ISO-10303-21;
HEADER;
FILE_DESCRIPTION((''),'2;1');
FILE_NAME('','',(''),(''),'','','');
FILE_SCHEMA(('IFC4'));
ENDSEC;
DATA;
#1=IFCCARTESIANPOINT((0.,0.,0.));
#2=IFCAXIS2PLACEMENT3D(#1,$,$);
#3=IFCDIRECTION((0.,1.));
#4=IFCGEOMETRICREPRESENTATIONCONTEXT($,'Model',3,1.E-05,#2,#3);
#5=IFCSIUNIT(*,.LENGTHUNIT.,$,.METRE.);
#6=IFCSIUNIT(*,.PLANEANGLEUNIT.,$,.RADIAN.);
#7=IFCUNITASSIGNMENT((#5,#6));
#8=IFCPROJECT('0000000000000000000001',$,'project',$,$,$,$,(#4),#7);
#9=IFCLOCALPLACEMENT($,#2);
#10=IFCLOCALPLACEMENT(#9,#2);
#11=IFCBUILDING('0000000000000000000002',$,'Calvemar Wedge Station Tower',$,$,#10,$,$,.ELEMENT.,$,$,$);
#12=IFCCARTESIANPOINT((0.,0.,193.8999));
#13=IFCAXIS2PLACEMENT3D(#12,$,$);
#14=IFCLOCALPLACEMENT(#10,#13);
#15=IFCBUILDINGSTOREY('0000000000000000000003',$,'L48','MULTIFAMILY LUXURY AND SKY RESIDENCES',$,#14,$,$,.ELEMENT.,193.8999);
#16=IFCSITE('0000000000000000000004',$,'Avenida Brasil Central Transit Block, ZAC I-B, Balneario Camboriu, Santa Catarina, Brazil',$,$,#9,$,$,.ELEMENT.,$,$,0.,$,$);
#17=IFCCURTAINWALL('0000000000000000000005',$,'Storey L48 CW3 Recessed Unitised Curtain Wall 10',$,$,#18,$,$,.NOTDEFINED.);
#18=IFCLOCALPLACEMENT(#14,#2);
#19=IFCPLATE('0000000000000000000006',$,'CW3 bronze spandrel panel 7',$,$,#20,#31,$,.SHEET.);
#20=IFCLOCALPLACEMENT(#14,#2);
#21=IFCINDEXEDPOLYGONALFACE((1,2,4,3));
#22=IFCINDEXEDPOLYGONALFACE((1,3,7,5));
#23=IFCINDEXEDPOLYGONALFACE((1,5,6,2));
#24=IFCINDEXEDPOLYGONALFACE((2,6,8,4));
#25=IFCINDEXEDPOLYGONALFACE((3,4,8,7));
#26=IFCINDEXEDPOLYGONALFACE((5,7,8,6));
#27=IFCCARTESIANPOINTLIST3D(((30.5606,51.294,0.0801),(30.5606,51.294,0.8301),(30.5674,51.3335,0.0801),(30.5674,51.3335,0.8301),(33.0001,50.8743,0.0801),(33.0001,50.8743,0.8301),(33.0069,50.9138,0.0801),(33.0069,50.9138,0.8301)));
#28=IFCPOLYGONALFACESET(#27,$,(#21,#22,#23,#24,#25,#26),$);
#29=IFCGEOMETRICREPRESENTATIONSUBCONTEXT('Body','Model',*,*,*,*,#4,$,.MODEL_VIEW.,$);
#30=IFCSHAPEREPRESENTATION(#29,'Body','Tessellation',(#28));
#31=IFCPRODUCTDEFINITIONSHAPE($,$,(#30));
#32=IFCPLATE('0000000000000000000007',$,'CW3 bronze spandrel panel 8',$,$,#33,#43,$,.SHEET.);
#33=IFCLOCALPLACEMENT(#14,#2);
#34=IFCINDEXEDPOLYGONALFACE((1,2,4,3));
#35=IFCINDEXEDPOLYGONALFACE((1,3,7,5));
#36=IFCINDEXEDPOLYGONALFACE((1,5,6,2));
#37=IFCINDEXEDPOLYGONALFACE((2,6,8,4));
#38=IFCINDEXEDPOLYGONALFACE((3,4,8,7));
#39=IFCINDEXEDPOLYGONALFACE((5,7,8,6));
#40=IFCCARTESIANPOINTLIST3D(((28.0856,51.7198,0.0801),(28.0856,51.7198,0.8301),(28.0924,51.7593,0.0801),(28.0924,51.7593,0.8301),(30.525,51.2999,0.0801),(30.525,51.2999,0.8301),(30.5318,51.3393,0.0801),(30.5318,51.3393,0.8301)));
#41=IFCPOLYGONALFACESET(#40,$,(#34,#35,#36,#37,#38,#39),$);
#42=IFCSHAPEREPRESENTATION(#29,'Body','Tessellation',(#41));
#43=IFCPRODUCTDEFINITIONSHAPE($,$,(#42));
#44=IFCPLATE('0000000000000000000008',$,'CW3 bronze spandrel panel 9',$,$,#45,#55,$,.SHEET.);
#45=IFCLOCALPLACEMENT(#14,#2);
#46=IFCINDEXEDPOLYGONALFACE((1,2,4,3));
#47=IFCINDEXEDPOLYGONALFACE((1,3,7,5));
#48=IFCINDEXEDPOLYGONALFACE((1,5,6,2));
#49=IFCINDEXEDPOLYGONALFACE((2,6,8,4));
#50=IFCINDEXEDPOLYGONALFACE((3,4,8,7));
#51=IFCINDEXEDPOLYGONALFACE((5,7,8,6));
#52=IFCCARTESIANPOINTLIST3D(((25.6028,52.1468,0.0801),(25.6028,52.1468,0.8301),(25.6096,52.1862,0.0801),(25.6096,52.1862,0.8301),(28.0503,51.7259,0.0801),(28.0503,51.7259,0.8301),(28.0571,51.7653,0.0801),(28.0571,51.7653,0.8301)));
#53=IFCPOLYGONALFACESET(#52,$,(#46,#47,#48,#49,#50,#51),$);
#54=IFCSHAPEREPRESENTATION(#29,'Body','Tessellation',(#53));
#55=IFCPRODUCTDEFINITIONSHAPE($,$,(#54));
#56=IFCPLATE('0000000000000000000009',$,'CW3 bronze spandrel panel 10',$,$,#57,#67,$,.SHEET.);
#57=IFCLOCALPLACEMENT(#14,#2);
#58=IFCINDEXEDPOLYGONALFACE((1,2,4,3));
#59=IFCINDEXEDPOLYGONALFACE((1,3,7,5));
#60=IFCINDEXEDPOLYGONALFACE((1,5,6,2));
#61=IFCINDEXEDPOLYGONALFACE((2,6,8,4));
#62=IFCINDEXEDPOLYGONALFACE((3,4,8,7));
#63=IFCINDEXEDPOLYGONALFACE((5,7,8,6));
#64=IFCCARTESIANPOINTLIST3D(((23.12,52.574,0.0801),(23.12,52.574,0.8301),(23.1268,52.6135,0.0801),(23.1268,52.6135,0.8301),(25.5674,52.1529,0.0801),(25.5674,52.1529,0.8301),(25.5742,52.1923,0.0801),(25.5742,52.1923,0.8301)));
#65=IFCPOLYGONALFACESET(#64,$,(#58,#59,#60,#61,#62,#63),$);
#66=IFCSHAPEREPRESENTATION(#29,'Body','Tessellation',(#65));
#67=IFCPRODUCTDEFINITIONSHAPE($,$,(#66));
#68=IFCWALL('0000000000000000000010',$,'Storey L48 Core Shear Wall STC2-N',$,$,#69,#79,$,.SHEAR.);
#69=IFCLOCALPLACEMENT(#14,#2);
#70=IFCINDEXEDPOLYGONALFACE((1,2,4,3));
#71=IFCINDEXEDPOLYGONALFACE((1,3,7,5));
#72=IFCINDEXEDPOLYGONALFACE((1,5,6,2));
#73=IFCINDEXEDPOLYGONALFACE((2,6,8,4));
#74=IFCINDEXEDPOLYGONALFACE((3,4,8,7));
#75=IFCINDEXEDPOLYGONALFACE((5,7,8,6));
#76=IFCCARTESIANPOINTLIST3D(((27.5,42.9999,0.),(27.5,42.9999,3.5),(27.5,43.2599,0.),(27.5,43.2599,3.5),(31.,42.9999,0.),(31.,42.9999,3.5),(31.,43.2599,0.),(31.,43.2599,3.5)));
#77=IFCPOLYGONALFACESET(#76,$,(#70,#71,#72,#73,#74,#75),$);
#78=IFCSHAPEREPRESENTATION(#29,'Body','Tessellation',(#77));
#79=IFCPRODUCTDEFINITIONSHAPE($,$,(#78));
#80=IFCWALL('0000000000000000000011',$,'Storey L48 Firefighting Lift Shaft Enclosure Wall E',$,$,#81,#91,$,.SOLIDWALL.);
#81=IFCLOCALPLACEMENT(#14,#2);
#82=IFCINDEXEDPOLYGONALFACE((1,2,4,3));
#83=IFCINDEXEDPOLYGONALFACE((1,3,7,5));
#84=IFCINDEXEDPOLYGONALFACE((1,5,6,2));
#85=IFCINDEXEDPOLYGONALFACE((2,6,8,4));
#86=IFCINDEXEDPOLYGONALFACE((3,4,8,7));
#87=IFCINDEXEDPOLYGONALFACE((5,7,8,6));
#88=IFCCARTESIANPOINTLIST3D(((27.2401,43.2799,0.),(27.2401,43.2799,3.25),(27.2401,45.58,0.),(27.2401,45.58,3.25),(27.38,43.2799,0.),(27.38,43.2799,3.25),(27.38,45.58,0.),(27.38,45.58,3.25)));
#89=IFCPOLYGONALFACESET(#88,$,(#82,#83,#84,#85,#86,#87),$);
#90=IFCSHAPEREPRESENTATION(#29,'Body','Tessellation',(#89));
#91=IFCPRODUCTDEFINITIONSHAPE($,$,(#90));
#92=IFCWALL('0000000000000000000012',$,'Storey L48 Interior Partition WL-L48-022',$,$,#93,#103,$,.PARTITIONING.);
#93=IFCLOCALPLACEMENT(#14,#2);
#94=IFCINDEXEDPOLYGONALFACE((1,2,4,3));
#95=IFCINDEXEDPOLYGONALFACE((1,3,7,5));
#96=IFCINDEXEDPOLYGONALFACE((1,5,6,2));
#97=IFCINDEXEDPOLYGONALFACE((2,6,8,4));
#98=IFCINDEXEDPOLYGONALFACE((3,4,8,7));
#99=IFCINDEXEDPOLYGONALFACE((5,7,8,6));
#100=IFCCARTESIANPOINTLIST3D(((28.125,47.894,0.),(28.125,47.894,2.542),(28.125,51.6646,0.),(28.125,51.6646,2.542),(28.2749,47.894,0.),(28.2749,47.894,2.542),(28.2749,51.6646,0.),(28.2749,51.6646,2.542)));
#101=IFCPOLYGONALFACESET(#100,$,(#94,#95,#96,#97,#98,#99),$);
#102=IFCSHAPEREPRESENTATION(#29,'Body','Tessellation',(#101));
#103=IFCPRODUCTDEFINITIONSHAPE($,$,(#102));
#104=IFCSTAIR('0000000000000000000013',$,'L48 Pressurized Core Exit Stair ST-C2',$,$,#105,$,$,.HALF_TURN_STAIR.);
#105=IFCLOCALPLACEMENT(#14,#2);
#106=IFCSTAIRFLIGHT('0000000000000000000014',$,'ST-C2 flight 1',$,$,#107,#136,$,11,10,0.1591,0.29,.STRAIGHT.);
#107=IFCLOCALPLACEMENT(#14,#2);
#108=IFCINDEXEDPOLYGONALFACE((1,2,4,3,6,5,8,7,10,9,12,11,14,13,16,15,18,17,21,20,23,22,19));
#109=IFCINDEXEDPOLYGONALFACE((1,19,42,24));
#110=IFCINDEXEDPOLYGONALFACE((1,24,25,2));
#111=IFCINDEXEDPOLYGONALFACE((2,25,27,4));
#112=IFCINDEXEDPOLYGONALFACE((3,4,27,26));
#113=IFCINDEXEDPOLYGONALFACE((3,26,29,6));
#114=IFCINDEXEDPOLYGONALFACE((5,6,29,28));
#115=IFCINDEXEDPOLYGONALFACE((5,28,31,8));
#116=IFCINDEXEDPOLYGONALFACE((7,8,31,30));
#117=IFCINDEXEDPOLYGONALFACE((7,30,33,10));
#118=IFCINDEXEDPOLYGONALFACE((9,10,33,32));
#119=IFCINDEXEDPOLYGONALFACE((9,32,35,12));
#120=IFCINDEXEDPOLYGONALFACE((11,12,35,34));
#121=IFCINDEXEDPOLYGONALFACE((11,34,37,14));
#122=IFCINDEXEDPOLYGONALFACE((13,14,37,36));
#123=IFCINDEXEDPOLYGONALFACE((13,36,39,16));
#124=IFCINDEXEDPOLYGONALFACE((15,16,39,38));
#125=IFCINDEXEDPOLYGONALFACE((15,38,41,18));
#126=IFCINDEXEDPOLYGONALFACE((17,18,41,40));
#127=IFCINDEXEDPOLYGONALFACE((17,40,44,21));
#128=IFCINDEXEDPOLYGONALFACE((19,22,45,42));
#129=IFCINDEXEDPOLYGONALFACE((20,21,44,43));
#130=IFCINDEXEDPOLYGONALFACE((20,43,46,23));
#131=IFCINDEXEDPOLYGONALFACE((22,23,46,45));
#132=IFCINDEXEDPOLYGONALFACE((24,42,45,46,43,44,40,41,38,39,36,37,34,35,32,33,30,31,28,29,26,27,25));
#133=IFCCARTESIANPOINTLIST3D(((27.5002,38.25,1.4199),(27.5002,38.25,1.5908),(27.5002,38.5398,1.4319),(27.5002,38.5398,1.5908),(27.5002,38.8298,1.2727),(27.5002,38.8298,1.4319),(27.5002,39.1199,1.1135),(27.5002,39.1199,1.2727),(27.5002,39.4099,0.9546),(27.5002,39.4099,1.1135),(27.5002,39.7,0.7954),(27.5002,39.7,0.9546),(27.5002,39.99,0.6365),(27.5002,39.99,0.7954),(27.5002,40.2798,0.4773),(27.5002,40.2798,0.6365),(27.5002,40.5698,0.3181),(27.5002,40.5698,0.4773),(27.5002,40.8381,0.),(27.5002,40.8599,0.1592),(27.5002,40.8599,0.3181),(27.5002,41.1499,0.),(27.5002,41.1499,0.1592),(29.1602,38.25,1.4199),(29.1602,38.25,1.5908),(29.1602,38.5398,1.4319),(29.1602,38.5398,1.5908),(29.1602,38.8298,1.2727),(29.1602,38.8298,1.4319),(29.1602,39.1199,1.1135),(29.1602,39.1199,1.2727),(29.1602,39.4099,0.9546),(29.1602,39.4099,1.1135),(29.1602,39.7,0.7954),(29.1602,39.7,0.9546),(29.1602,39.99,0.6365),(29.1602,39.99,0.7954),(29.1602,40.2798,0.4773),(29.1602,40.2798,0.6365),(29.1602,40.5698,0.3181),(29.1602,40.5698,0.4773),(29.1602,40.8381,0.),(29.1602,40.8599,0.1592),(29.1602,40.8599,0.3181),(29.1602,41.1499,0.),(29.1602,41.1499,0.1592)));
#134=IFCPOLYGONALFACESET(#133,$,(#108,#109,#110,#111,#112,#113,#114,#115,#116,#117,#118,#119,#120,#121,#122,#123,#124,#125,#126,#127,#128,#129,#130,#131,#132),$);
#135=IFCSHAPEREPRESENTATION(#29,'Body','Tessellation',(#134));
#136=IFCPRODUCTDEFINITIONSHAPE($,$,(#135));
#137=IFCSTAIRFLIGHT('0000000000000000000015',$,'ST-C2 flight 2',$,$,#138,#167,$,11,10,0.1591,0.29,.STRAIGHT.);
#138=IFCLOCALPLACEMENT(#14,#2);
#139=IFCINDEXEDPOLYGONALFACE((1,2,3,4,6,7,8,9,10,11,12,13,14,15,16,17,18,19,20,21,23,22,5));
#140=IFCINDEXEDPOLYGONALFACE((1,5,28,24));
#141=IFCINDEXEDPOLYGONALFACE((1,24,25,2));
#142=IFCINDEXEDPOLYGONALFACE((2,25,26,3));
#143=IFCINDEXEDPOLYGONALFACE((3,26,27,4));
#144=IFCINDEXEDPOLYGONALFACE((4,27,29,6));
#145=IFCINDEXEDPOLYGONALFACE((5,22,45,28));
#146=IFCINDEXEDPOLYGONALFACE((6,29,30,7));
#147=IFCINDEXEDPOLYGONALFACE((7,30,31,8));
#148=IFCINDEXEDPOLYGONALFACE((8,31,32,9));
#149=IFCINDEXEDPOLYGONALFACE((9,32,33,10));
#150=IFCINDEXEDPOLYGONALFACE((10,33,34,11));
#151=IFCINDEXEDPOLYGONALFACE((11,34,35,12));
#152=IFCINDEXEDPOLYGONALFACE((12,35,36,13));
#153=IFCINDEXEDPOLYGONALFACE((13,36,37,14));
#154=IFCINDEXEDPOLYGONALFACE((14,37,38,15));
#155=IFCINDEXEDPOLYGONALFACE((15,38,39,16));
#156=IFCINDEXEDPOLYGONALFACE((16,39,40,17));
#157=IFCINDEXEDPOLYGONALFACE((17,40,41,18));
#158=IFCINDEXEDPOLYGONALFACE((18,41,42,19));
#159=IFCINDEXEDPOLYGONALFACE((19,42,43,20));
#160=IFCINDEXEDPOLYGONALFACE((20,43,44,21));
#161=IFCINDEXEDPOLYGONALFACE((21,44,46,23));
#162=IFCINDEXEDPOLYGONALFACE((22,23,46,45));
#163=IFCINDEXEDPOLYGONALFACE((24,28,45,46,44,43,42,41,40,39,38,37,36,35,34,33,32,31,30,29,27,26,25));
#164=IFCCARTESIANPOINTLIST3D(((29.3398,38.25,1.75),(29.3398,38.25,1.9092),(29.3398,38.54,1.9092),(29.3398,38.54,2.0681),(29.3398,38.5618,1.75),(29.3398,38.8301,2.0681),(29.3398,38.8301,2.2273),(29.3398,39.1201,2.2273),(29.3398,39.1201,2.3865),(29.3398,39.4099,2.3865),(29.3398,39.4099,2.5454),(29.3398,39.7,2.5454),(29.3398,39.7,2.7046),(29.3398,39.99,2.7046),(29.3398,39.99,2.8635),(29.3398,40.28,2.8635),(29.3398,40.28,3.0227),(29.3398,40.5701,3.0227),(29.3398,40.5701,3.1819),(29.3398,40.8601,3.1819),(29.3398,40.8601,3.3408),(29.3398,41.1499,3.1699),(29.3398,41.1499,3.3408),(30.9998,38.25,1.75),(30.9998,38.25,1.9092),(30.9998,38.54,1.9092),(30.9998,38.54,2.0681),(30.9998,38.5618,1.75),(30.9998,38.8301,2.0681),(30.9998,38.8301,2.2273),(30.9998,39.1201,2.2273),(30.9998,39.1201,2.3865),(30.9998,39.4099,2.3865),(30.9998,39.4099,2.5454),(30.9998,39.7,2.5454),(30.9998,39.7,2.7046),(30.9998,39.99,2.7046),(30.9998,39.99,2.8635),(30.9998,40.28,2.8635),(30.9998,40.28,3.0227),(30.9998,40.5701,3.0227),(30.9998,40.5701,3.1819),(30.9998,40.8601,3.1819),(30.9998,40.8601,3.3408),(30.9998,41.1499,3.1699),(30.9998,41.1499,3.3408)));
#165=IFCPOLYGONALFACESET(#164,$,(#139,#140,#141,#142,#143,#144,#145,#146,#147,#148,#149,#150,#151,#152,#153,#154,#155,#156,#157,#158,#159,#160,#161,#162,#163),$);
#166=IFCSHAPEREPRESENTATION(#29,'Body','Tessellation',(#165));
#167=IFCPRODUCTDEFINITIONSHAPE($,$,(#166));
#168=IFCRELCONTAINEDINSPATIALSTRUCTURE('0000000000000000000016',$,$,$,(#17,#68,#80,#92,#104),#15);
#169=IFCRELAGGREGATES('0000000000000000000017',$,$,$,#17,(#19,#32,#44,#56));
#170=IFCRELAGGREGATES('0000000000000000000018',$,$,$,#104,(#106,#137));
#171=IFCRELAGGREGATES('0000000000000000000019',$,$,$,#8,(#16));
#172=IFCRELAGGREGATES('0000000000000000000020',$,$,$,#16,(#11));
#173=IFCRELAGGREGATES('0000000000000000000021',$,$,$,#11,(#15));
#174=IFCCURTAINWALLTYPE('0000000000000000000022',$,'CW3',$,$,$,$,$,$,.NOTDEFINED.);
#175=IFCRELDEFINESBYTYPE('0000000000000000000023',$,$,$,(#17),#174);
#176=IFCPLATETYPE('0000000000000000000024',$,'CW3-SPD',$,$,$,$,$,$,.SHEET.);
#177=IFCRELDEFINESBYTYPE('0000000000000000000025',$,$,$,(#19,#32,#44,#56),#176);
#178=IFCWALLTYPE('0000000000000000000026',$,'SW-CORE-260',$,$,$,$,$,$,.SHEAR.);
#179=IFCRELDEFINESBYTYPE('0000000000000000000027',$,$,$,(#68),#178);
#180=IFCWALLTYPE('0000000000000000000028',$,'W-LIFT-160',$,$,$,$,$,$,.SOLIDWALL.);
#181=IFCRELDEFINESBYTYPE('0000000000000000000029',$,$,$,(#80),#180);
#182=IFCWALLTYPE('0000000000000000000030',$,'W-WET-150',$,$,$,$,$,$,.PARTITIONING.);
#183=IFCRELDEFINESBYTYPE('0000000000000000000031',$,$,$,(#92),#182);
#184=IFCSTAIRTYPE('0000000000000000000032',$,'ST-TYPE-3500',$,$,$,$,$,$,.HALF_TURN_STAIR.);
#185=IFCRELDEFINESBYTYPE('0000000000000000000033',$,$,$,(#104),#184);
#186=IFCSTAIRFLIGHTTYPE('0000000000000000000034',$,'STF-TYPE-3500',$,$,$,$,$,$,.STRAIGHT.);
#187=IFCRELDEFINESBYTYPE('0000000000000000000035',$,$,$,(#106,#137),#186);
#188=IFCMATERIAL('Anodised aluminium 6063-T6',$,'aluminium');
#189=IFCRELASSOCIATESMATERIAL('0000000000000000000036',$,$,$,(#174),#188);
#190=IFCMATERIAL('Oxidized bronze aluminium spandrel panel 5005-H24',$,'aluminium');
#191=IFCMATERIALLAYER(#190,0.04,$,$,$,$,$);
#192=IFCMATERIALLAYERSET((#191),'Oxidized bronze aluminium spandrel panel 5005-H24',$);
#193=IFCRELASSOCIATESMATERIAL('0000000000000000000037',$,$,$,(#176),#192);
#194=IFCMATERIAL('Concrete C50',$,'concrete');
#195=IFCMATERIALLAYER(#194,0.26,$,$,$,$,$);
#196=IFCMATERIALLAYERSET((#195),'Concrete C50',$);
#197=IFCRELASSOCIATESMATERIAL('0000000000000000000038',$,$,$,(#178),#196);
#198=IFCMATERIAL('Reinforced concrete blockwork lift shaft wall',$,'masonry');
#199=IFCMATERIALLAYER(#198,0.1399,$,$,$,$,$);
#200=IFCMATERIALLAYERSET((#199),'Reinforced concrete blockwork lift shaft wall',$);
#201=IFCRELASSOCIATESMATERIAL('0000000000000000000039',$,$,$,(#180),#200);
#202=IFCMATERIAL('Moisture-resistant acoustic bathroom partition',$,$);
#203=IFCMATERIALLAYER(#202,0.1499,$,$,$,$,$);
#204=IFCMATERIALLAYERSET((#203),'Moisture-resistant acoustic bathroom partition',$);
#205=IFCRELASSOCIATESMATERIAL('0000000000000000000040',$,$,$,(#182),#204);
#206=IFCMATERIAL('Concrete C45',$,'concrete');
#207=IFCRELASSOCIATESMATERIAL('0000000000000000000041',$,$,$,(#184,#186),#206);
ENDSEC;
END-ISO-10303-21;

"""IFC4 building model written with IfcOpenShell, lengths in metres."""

from ifc_helpers import new_model, si_unit, direction, frame, frame_2d, origin, place, context, subcontext, project, spatial, polyline, rectangle, outline, extrude, material, layer, layer_set, type_object, element, aggregate, save


model = new_model("IFC4")

# Units and contexts
model_context = context("Model", 3, precision=1e-05, world=origin(), true_north=direction((0.0, 1.0)))
body_context = subcontext(model_context, "Body", "Model", "MODEL_VIEW")
ifc_project = project(units=[si_unit("LENGTHUNIT", "METRE"), si_unit("PLANEANGLEUNIT", "RADIAN")], contexts=[model_context])

# Site, building, storey
site_placement = place(None, origin())
site = spatial("IfcSite", under=ifc_project, at=site_placement, Name="Avenida Brasil Central Transit Block, ZAC I-B, Balneario Camboriu, Santa Catarina, Brazil", CompositionType="ELEMENT", RefElevation=0.0)
building_placement = place(site_placement, origin())
building = spatial("IfcBuilding", under=site, at=building_placement, Name="Calvemar Wedge Station Tower", CompositionType="ELEMENT")
storey_placement = place(building_placement, frame((0.0, 0.0, 193.8999)))
storey = spatial("IfcBuildingStorey", under=building, at=storey_placement, Name="L48", Description="MULTIFAMILY LUXURY AND SKY RESIDENCES", CompositionType="ELEMENT", Elevation=193.8999)

# Shared definitions
ifc_material_1 = material(Name="Concrete C50", Category="concrete")

# Curtain wall, plates
ifc_material_2 = material(Name="Anodised aluminium 6063-T6", Category="aluminium")
curtain_wall_type = type_object("IfcCurtainWallType", Name="CW3", PredefinedType="NOTDEFINED", material=ifc_material_2)
curtain_wall_placement = place(storey_placement, origin())
curtain_wall = element("IfcCurtainWall", 1, at=curtain_wall_placement, inside=storey, type_object=curtain_wall_type, Name="Storey L48 CW3 Recessed Unitised Curtain Wall 10", PredefinedType="NOTDEFINED")
ifc_material_3 = material(Name="Oxidized bronze aluminium spandrel panel 5005-H24", Category="aluminium")
ifc_layer_1 = layer(ifc_material_3, 0.04)
ifc_layer_set_1 = layer_set([ifc_layer_1], Name="Oxidized bronze aluminium spandrel panel 5005-H24")
plate_type_1 = type_object("IfcPlateType", Name="CW3-SPD", PredefinedType="SHEET", material=ifc_layer_set_1)
plate_1_placement = place(storey_placement, frame((33.0037, 50.894, 0.0801), z_axis=(0.0, 0.0, 1.0), x_axis=(-0.985522, 0.169547, 0.0)))
plate_1 = element("IfcPlate", 2, at=plate_1_placement, type_object=plate_type_1, Name="CW3 bronze spandrel panel 7", PredefinedType="SHEET", context=body_context, shape_type="SweptSolid", body=[
    extrude(rectangle(XDim=2.4753, YDim=0.04, at=frame_2d((1.2378, 0.0))), origin(), (0.0, 0.0, 1.0), 0.75),
])
plate_2_placement = place(storey_placement, frame((30.5286, 51.3196, 0.0801), z_axis=(0.0, 0.0, 1.0), x_axis=(-0.985506, 0.169643, 0.0)))
plate_2 = element("IfcPlate", 3, at=plate_2_placement, type_object=plate_type_1, Name="CW3 bronze spandrel panel 8", PredefinedType="SHEET", context=body_context, shape_type="SweptSolid", body=[
    extrude(rectangle(XDim=2.4753, YDim=0.04, at=frame_2d((1.2378, 0.0))), origin(), (0.0, 0.0, 1.0), 0.75),
])
plate_3_placement = place(storey_placement, frame((28.0537, 51.7456, 0.0801), z_axis=(0.0, 0.0, 1.0), x_axis=(-0.985533, 0.169482, 0.0)))
plate_3 = element("IfcPlate", 4, at=plate_3_placement, type_object=plate_type_1, Name="CW3 bronze spandrel panel 9", PredefinedType="SHEET", context=body_context, shape_type="SweptSolid", body=[
    extrude(rectangle(XDim=2.4834, YDim=0.04, at=frame_2d((1.2417, 0.0))), origin(), (0.0, 0.0, 1.0), 0.75),
])
plate_4_placement = place(storey_placement, frame((25.5708, 52.1726, 0.0801), z_axis=(0.0, 0.0, 1.0), x_axis=(-0.985517, 0.169578, 0.0)))
plate_4 = element("IfcPlate", 5, at=plate_4_placement, type_object=plate_type_1, Name="CW3 bronze spandrel panel 10", PredefinedType="SHEET", context=body_context, shape_type="SweptSolid", body=[
    extrude(rectangle(XDim=2.4834, YDim=0.04, at=frame_2d((1.2417, 0.0))), origin(), (0.0, 0.0, 1.0), 0.75),
])
aggregate(curtain_wall, [plate_1, plate_2, plate_3, plate_4])

# Wall
ifc_layer_2 = layer(ifc_material_1, 0.26)
ifc_layer_set_2 = layer_set([ifc_layer_2], Name="Concrete C50")
wall_type_1 = type_object("IfcWallType", Name="SW-CORE-260", PredefinedType="SHEAR", material=ifc_layer_set_2)
wall_1_placement = place(storey_placement, frame((27.5, 43.1299, 0.0), z_axis=(0.0, 0.0, 1.0), x_axis=(1.0, 0.0, 0.0)))
element("IfcWall", 6, at=wall_1_placement, inside=storey, type_object=wall_type_1, Name="Storey L48 Core Shear Wall STC2-N", PredefinedType="SHEAR", context=body_context, shape_type="SweptSolid", body=[
    extrude(rectangle(XDim=3.5, YDim=0.26, at=frame_2d((1.75, 0.0))), origin(), (0.0, 0.0, 1.0), 3.5),
])

# Walls
ifc_material_4 = material(Name="Reinforced concrete blockwork lift shaft wall", Category="masonry")
ifc_layer_3 = layer(ifc_material_4, 0.1399)
ifc_layer_set_3 = layer_set([ifc_layer_3], Name="Reinforced concrete blockwork lift shaft wall")
wall_type_2 = type_object("IfcWallType", Name="W-LIFT-160", PredefinedType="SOLIDWALL", material=ifc_layer_set_3)
wall_2_placement = place(storey_placement, frame((27.3101, 43.28, 0.0), z_axis=(0.0, 0.0, 1.0), x_axis=(0.0, 1.0, 0.0)))
element("IfcWall", 7, at=wall_2_placement, inside=storey, type_object=wall_type_2, Name="Storey L48 Firefighting Lift Shaft Enclosure Wall E", PredefinedType="SOLIDWALL", context=body_context, shape_type="SweptSolid", body=[
    extrude(rectangle(XDim=2.3, YDim=0.1399, at=frame_2d((1.1499, 0.0))), origin(), (0.0, 0.0, 1.0), 3.25),
])
ifc_material_5 = material(Name="Moisture-resistant acoustic bathroom partition")
ifc_layer_4 = layer(ifc_material_5, 0.1499)
ifc_layer_set_4 = layer_set([ifc_layer_4], Name="Moisture-resistant acoustic bathroom partition")
wall_type_3 = type_object("IfcWallType", Name="W-WET-150", PredefinedType="PARTITIONING", material=ifc_layer_set_4)
wall_3_placement = place(storey_placement, frame((28.2, 51.6646, 0.0), z_axis=(0.0, 0.0, 1.0), x_axis=(0.0, -1.0, 0.0)))
element("IfcWall", 8, at=wall_3_placement, inside=storey, type_object=wall_type_3, Name="Storey L48 Interior Partition WL-L48-022", PredefinedType="PARTITIONING", context=body_context, shape_type="SweptSolid", body=[
    extrude(rectangle(XDim=3.7705, YDim=0.1499, at=frame_2d((1.8853, 0.0))), origin(), (0.0, 0.0, 1.0), 2.542),
])

# Stair, stair flights
ifc_material_6 = material(Name="Concrete C45", Category="concrete")
stair_type = type_object("IfcStairType", Name="ST-TYPE-3500", PredefinedType="HALF_TURN_STAIR", material=ifc_material_6)
stair_placement = place(storey_placement, origin())
stair = element("IfcStair", 9, at=stair_placement, inside=storey, type_object=stair_type, Name="L48 Pressurized Core Exit Stair ST-C2", PredefinedType="HALF_TURN_STAIR")
stair_flight_type = type_object("IfcStairFlightType", Name="STF-TYPE-3500", PredefinedType="STRAIGHT", material=ifc_material_6)
stair_flight_1_placement = place(storey_placement, frame((28.3301, 41.1499, 0.0), z_axis=(0.0, 0.0, 1.0), x_axis=(0.0, -1.0, 0.0)))
stair_flight_1 = element("IfcStairFlight", 10, at=stair_flight_1_placement, type_object=stair_flight_type, Name="ST-C2 flight 1", NumberOfRisers=11, NumberOfTreads=10, PredefinedType="STRAIGHT", RiserHeight=0.1591, TreadLength=0.29, context=body_context, shape_type="SweptSolid", body=[
    extrude(outline(polyline([(0.0, 0.0), (0.0, 0.1592), (0.29, 0.1592), (0.29, 0.3181), (0.5801, 0.3181), (0.5801, 0.4773), (0.8701, 0.4773), (0.8701, 0.6365), (1.1599, 0.6365), (1.1599, 0.7954), (1.45, 0.7954), (1.45, 0.9546), (1.74, 0.9546), (1.74, 1.1135), (2.03, 1.1135), (2.03, 1.2727), (2.3201, 1.2727), (2.3201, 1.4319), (2.6101, 1.4319), (2.6101, 1.5908), (2.8999, 1.5908), (2.8999, 1.75), (2.8999, 1.4199), (0.3118, 0.0), (0.0, 0.0)])), frame((0.0, 0.8301, 0.0), z_axis=(0.0, -1.0, 0.0), x_axis=(1.0, 0.0, 0.0)), (0.0, 0.0, 1.0), 1.6599),
])
stair_flight_2_placement = place(storey_placement, frame((30.1699, 38.25, 1.75), z_axis=(0.0, 0.0, 1.0), x_axis=(0.0, 1.0, 0.0)))
stair_flight_2 = element("IfcStairFlight", 11, at=stair_flight_2_placement, type_object=stair_flight_type, Name="ST-C2 flight 2", NumberOfRisers=11, NumberOfTreads=10, PredefinedType="STRAIGHT", RiserHeight=0.1591, TreadLength=0.29, context=body_context, shape_type="SweptSolid", body=[
    extrude(outline(polyline([(0.0, 0.0), (0.0, 0.1592), (0.29, 0.1592), (0.29, 0.3181), (0.5801, 0.3181), (0.5801, 0.4773), (0.8701, 0.4773), (0.8701, 0.6365), (1.1599, 0.6365), (1.1599, 0.7954), (1.45, 0.7954), (1.45, 0.9546), (1.74, 0.9546), (1.74, 1.1135), (2.03, 1.1135), (2.03, 1.2727), (2.3201, 1.2727), (2.3201, 1.4319), (2.6101, 1.4319), (2.6101, 1.5908), (2.8999, 1.5908), (2.8999, 1.75), (2.8999, 1.4199), (0.3118, 0.0), (0.0, 0.0)])), frame((0.0, 0.8301, 0.0), z_axis=(0.0, -1.0, 0.0), x_axis=(1.0, 0.0, 0.0)), (0.0, 0.0, 1.0), 1.6599),
])
aggregate(stair, [stair_flight_1, stair_flight_2])

save(model, "model.ifc")
